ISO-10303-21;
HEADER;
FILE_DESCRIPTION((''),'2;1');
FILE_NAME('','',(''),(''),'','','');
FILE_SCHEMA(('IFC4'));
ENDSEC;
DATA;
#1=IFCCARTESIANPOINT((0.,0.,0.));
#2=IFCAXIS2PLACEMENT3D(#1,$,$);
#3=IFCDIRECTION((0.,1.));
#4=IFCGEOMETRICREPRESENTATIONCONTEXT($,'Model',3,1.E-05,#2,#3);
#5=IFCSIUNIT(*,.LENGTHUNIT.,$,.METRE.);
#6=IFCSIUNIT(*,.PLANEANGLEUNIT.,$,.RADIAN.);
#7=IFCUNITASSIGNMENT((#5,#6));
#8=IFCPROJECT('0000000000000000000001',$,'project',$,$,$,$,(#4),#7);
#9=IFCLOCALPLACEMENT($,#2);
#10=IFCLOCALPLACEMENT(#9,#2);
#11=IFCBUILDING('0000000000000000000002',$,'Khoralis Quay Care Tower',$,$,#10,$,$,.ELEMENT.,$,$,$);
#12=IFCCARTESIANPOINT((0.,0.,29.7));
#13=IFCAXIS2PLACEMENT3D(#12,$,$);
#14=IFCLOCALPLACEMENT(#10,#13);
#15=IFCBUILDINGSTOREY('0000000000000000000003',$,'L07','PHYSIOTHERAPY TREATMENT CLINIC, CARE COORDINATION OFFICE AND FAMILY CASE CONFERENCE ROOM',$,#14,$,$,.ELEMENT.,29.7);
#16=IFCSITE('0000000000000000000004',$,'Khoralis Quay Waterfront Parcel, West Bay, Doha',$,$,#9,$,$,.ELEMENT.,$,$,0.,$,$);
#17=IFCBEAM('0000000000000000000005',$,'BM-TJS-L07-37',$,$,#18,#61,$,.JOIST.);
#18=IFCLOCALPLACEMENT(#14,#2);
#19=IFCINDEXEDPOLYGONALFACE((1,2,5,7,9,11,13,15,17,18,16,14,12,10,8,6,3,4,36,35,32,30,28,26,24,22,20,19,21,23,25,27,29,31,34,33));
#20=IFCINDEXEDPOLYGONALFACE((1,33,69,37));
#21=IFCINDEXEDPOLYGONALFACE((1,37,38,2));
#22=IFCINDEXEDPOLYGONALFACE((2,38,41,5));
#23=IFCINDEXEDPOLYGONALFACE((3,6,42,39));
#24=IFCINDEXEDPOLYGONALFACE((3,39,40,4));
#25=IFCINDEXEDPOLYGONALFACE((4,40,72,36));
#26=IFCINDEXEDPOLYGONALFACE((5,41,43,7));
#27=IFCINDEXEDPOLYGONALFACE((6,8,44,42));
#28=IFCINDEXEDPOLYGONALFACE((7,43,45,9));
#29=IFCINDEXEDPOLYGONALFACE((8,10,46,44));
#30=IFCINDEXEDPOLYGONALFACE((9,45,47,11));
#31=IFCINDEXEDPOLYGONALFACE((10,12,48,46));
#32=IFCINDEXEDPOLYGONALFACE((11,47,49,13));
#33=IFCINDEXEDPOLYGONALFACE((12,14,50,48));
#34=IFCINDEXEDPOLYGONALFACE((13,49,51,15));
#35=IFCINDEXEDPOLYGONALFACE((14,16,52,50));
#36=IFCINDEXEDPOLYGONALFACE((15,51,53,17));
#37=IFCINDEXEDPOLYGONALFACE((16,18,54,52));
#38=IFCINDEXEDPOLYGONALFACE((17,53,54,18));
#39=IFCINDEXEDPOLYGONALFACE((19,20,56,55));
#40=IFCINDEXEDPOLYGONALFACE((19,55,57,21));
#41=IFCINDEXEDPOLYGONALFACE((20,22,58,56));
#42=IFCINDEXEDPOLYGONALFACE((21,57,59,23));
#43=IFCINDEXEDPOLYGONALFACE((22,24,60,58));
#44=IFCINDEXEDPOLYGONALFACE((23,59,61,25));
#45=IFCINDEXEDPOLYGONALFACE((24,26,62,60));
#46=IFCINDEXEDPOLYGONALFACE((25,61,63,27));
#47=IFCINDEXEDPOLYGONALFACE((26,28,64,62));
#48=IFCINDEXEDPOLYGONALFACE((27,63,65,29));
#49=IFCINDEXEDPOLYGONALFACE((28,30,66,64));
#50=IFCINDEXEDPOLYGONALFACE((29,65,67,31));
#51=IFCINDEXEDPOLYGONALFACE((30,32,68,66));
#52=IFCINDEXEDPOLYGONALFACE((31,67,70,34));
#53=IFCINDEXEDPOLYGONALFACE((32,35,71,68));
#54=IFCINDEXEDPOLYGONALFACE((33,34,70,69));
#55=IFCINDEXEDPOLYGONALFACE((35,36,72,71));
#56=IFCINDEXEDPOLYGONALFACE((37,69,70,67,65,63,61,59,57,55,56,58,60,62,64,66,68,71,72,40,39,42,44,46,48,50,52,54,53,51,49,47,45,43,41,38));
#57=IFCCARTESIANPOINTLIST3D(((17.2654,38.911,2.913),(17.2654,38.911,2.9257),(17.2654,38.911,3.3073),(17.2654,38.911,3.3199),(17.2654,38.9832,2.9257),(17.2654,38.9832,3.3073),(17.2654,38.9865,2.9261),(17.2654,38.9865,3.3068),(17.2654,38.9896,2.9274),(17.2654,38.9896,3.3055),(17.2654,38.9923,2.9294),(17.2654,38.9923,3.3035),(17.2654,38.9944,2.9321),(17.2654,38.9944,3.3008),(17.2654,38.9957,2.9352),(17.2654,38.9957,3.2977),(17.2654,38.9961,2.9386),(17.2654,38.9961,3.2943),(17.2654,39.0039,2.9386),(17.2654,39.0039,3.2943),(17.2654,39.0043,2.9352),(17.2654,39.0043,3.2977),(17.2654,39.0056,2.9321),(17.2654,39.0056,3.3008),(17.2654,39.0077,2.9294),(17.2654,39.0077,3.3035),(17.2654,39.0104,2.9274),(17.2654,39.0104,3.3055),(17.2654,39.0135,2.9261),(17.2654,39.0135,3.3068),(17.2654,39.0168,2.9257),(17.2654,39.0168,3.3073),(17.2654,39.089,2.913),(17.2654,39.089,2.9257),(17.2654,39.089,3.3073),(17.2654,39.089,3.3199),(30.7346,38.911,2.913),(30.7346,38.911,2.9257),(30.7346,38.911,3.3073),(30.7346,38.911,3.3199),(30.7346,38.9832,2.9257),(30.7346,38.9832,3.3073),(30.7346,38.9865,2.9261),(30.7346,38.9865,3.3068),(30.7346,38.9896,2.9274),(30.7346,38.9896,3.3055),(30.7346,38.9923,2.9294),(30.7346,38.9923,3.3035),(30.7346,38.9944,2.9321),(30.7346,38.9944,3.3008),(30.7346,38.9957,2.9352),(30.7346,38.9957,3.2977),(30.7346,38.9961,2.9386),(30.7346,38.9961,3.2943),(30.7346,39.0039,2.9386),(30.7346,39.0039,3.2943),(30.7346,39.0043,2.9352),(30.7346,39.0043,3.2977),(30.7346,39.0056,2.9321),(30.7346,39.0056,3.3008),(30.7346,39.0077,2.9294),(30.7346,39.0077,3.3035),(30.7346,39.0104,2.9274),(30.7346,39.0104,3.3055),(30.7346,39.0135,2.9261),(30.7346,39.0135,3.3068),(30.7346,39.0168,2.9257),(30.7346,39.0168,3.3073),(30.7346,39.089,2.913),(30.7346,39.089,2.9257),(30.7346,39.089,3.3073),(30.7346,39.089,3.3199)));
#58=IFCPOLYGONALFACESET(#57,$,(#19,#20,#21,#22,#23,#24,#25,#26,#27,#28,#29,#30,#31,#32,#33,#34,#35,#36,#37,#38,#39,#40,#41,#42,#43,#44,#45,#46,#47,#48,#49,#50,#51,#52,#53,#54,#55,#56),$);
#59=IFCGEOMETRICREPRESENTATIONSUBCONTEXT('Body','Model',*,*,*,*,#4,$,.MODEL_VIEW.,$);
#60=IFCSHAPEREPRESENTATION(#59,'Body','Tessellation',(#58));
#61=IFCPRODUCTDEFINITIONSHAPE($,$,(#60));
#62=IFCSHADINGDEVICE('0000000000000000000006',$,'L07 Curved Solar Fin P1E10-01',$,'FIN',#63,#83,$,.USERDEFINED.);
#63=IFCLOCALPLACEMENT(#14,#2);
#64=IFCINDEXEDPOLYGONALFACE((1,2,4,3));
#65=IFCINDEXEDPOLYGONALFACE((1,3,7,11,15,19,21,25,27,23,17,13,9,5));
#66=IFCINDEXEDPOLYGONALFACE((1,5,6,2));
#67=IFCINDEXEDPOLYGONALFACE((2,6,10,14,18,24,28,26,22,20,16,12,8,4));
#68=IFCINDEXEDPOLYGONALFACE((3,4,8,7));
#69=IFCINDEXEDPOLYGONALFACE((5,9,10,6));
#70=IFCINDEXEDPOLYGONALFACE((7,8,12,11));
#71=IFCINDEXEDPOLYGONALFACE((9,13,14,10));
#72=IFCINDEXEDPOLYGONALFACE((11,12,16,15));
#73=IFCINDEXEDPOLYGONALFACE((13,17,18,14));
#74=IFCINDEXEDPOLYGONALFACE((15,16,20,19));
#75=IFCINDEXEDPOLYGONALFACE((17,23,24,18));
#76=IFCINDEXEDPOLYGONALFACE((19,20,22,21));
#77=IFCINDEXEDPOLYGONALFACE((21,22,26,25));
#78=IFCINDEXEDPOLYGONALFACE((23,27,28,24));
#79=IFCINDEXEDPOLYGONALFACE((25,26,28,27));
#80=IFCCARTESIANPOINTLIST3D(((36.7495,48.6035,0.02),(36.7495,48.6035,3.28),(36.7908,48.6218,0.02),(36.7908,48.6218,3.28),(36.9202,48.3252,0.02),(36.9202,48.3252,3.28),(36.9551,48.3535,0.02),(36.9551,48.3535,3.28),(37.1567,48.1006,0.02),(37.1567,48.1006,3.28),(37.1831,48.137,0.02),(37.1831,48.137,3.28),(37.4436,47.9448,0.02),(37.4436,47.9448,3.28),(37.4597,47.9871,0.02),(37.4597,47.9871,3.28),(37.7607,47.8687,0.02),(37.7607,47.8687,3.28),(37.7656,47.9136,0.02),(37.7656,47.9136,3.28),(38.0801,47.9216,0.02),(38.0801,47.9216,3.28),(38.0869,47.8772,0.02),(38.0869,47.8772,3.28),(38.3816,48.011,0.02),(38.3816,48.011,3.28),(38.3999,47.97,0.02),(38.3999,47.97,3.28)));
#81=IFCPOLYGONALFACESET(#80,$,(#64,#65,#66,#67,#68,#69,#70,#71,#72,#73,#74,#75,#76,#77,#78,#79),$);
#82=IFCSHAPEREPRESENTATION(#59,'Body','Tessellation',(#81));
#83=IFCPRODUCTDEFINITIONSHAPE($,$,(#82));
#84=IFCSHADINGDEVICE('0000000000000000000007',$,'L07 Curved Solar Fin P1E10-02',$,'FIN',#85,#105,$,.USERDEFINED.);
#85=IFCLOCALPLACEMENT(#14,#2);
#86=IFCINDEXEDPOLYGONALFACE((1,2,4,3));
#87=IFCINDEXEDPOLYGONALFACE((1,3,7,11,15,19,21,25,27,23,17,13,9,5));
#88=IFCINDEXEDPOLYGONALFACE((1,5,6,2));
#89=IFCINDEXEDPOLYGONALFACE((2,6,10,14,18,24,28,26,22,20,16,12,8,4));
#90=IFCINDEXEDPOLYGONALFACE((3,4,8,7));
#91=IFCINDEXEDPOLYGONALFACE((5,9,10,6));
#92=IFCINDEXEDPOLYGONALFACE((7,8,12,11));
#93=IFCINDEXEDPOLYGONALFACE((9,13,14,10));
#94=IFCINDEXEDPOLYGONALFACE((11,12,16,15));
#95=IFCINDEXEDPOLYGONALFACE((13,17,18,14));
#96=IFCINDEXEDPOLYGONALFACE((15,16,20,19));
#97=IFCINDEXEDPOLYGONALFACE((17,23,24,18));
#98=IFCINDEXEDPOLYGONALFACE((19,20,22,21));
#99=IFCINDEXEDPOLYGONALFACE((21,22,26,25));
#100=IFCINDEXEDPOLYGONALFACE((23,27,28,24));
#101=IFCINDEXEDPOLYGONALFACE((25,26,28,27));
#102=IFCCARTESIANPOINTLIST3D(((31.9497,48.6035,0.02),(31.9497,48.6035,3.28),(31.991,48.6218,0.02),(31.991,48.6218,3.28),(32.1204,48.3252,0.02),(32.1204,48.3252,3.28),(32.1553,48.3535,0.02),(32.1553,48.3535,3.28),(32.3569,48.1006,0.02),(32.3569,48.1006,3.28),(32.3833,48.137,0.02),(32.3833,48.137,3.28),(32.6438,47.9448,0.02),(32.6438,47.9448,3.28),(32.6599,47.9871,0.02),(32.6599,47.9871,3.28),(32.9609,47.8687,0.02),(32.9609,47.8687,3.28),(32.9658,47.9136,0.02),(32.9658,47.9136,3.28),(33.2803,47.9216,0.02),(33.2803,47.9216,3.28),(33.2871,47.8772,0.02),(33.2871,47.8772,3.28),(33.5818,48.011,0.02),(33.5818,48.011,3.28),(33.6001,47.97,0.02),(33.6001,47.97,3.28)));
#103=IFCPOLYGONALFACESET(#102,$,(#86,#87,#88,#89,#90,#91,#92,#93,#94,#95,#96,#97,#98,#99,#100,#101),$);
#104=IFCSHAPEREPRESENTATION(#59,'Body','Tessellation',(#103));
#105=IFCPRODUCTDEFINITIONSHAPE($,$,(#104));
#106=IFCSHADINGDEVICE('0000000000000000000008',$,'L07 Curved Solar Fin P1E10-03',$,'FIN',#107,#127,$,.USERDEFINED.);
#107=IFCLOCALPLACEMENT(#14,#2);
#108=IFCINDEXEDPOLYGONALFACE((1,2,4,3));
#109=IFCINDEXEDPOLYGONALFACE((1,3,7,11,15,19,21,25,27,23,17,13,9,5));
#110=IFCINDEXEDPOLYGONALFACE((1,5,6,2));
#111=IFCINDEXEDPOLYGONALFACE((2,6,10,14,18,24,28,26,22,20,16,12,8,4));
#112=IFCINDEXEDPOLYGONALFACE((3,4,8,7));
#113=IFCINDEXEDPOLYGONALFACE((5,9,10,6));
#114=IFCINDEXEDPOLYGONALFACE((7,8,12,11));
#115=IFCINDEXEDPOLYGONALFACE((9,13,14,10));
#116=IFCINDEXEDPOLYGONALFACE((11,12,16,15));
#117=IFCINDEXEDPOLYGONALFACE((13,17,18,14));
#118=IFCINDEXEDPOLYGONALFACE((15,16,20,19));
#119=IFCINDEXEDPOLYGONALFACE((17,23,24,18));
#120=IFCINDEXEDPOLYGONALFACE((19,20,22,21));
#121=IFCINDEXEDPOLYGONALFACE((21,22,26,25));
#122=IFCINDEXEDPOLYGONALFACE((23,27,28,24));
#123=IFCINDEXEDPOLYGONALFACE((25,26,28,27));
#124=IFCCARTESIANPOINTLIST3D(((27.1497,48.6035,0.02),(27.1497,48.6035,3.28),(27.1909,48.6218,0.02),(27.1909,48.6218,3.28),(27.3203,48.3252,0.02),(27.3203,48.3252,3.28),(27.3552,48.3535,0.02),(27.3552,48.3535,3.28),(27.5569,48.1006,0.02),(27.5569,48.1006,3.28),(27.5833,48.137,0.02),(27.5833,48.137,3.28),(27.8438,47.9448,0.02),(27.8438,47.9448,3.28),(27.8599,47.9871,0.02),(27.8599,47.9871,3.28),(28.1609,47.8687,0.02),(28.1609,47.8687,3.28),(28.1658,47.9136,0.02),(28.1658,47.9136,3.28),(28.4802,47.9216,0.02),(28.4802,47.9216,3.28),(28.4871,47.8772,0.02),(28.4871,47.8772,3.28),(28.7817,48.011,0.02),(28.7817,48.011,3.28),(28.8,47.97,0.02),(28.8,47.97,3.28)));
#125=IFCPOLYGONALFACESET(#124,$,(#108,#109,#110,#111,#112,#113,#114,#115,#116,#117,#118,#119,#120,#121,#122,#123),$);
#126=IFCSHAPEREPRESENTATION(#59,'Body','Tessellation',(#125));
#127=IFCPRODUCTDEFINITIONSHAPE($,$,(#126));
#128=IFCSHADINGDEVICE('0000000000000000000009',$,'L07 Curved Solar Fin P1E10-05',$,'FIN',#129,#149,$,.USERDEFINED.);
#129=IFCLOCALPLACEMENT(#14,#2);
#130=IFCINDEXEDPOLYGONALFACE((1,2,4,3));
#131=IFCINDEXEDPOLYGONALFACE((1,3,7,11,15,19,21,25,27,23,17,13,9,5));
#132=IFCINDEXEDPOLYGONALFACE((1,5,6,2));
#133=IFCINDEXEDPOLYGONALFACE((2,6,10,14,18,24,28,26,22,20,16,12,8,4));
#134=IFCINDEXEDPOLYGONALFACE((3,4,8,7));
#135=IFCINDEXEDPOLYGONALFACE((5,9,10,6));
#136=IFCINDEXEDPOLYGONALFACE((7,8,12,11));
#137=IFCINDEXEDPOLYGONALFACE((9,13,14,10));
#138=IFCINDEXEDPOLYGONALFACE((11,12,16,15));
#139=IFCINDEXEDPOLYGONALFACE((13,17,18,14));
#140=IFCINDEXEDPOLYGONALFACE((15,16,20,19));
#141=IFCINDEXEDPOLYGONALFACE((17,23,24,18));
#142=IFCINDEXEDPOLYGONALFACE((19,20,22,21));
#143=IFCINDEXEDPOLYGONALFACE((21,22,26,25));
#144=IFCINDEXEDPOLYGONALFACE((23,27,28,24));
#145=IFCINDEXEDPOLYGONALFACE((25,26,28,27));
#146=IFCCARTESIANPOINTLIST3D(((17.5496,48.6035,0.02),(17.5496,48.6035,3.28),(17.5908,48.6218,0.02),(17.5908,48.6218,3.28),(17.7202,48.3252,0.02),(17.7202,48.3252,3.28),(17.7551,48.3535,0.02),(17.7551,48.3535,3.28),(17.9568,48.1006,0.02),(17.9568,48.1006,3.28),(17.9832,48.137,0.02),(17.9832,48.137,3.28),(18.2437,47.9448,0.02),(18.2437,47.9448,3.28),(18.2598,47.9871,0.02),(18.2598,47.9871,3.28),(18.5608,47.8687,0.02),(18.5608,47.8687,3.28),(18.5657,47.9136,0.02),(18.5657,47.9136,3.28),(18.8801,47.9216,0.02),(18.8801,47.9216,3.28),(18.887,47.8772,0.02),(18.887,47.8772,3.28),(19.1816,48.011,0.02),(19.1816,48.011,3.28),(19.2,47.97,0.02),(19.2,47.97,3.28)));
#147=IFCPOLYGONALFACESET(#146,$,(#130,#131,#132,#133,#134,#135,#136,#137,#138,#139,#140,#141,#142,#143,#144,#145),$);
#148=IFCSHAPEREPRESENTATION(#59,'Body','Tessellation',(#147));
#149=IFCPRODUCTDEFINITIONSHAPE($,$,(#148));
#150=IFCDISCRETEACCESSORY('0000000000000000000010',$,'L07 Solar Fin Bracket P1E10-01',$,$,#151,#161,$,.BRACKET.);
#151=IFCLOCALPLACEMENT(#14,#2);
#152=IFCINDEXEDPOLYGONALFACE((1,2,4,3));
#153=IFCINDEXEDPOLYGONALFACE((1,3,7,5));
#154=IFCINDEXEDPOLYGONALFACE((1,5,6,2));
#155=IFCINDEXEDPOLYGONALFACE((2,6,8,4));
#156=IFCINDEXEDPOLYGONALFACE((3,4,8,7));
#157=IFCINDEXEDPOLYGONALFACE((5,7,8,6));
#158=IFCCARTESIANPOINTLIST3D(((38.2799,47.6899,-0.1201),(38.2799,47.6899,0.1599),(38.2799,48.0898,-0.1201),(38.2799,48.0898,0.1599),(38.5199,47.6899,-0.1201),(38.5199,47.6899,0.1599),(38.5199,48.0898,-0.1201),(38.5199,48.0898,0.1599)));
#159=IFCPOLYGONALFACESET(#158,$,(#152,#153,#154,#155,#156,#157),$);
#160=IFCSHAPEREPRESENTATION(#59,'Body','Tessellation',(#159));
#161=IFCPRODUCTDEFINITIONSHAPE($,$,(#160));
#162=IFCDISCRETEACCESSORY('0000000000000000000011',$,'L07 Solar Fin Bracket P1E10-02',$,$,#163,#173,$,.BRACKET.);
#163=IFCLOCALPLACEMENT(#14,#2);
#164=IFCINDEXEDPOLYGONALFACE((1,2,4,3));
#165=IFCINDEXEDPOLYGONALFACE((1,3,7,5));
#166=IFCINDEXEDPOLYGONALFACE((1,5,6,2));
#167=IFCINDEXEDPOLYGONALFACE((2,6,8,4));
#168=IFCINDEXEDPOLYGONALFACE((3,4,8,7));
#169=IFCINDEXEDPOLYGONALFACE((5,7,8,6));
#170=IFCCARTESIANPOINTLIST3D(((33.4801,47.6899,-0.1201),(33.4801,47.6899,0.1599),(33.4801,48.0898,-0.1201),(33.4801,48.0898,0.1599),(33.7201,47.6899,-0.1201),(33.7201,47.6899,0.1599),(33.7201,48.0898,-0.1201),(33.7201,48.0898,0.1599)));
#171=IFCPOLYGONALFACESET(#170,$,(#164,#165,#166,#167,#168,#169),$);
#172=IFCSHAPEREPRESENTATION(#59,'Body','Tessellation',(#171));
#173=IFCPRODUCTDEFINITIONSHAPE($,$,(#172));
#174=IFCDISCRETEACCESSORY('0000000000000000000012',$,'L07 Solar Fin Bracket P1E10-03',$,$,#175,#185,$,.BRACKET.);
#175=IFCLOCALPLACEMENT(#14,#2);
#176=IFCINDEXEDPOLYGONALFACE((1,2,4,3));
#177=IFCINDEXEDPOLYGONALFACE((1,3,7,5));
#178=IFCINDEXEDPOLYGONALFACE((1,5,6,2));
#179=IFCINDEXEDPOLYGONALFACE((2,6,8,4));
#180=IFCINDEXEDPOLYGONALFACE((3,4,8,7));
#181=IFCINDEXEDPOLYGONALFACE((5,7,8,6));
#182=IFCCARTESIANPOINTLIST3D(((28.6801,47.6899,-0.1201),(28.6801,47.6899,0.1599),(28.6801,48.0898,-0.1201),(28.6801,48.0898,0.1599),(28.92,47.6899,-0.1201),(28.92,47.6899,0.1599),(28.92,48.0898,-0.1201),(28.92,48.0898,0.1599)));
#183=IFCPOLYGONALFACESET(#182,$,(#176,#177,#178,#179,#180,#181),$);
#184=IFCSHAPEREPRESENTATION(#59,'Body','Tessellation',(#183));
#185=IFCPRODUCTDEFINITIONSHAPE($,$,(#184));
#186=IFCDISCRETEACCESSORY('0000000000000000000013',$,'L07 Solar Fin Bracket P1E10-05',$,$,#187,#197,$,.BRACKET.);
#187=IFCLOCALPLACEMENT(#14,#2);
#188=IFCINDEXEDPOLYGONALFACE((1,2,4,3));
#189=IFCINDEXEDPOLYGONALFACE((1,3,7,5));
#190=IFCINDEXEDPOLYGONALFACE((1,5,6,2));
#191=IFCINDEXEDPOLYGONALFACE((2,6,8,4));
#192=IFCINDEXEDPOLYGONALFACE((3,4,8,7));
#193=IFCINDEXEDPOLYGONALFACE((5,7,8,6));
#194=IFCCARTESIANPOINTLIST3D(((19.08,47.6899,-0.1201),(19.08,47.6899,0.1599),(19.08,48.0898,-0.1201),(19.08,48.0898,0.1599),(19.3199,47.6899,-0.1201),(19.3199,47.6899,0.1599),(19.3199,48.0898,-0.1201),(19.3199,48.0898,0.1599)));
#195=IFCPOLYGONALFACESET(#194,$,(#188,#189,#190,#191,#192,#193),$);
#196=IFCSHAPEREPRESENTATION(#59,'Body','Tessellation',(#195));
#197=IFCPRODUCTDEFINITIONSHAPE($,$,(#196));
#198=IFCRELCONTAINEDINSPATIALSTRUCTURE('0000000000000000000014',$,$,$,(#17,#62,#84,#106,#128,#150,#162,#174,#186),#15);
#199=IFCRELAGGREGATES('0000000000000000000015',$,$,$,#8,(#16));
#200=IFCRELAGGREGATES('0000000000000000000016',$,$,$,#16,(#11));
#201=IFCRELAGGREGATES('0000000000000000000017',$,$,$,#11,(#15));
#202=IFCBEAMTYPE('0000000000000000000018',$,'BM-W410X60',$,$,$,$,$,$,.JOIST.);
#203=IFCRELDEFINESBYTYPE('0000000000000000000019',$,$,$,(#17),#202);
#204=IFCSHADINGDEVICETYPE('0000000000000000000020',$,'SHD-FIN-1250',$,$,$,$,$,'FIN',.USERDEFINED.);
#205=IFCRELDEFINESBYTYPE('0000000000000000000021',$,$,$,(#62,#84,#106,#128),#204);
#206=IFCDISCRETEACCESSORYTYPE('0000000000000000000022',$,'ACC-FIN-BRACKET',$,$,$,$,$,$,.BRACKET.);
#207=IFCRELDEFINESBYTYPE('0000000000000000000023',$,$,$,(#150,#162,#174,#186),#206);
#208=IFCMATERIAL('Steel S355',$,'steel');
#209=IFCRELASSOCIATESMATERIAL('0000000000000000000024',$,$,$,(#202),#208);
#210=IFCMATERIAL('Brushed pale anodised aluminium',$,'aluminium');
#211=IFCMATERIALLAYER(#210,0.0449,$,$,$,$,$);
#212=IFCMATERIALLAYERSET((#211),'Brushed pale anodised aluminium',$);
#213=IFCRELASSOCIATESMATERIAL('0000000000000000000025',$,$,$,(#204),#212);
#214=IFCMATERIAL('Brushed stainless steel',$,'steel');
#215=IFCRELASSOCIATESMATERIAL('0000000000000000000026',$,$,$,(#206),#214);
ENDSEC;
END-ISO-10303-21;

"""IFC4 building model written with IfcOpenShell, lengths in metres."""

from ifc_helpers import new_model, si_unit, direction, frame, origin, origin_2d, place, context, subcontext, project, spatial, polyline, rectangle, i_section, outline, extrude, source, transform, mapped, material, layer, layer_set, material_profile, profile_set, type_object, element, save


model = new_model("IFC4")

# Units and contexts
model_context = context("Model", 3, precision=1e-05, world=origin(), true_north=direction((0.0, 1.0)))
body_context = subcontext(model_context, "Body", "Model", "MODEL_VIEW")
ifc_project = project(units=[si_unit("LENGTHUNIT", "METRE"), si_unit("PLANEANGLEUNIT", "RADIAN")], contexts=[model_context])

# Site, building, storey
site_placement = place(None, origin())
site = spatial("IfcSite", under=ifc_project, at=site_placement, Name="Khoralis Quay Waterfront Parcel, West Bay, Doha", CompositionType="ELEMENT", RefElevation=0.0)
building_placement = place(site_placement, origin())
building = spatial("IfcBuilding", under=site, at=building_placement, Name="Khoralis Quay Care Tower", CompositionType="ELEMENT")
storey_placement = place(building_placement, frame((0.0, 0.0, 29.7)))
storey = spatial("IfcBuildingStorey", under=building, at=storey_placement, Name="L07", Description="PHYSIOTHERAPY TREATMENT CLINIC, CARE COORDINATION OFFICE AND FAMILY CASE CONFERENCE ROOM", CompositionType="ELEMENT", Elevation=29.7)

# Beam
ifc_material_1 = material(Name="Steel S355", Category="steel")
ifc_material_profile_1 = material_profile(ifc_material_1, i_section(OverallWidth=0.178, OverallDepth=0.407, WebThickness=0.0078, FlangeThickness=0.0127, FilletRadius=0.0129, at=origin_2d()), Name="Steel S355")
ifc_profile_set_1 = profile_set([ifc_material_profile_1], Name="Steel S355")
beam_type_1 = type_object("IfcBeamType", Name="BM-W410X60", PredefinedType="JOIST", material=ifc_profile_set_1)
shared_shape_1 = source(origin(), body_context, "Body", "SweptSolid", [
    extrude(i_section(OverallWidth=0.178, OverallDepth=0.407, WebThickness=0.0078, FlangeThickness=0.0127, FilletRadius=0.0129, at=origin_2d()), origin(), (0.0, 0.0, 1.0), 13.4692),
])
beam_1_placement = place(storey_placement, frame((17.2654, 39.0, 3.1165), z_axis=(1.0, 0.0, 0.0), x_axis=(0.0, 1.0, 0.0)))
element("IfcBeam", 1, at=beam_1_placement, inside=storey, type_object=beam_type_1, Name="BM-TJS-L07-37", PredefinedType="JOIST", context=body_context, shape_type="MappedRepresentation", body=[
    mapped(shared_shape_1, transform((0.0, 0.0, 0.0), scale=1.0)),
])

# Shading devices
ifc_material_2 = material(Name="Brushed pale anodised aluminium", Category="aluminium")
ifc_layer = layer(ifc_material_2, 0.0449)
ifc_layer_set = layer_set([ifc_layer], Name="Brushed pale anodised aluminium")
shading_device_type = type_object("IfcShadingDeviceType", Name="SHD-FIN-1250", ElementType="FIN", PredefinedType="USERDEFINED", material=ifc_layer_set)
shared_shape_2 = source(origin(), body_context, "Body", "SweptSolid", [
    extrude(outline(polyline([(0.0, 0.0), (-0.0928, 0.313), (-0.1013, 0.6392), (-0.0251, 0.9563), (0.1306, 1.2432), (0.3552, 1.4797), (0.6335, 1.6504), (0.6519, 1.6091), (0.3835, 1.4448), (0.167, 1.2168), (0.0171, 0.9402), (-0.0564, 0.6343), (-0.0483, 0.3198), (0.041, 0.0183), (0.0, 0.0)])), origin(), (0.0, 0.0, 1.0), 3.26),
])
for number, where, z_axis, x_axis, name in (
    (2, (38.3999, 47.97, 0.02), (0.0, 0.0, 1.0), (0.0, 1.0, 0.0), "L07 Curved Solar Fin P1E10-01"),
    (3, (33.6001, 47.97, 0.02), (0.0, 0.0, 1.0), (0.0, 1.0, 0.0), "L07 Curved Solar Fin P1E10-02"),
    (4, (28.8, 47.97, 0.02), (0.0, 0.0, 1.0), (0.0, 1.0, 0.0), "L07 Curved Solar Fin P1E10-03"),
    (5, (19.2, 47.97, 0.02), (0.0, 0.0, 1.0), (0.0, 1.0, 0.0), "L07 Curved Solar Fin P1E10-05"),
):
    element("IfcShadingDevice", number, at=place(storey_placement, frame(where, z_axis=z_axis, x_axis=x_axis)), inside=storey, type_object=shading_device_type, Name=name, ObjectType="FIN", PredefinedType="USERDEFINED", context=body_context, shape_type="MappedRepresentation", body=[
        mapped(shared_shape_2, transform((0.0, 0.0, 0.0), scale=1.0)),
    ])

# Discrete accessories
ifc_material_3 = material(Name="Brushed stainless steel", Category="steel")
discrete_accessory_type = type_object("IfcDiscreteAccessoryType", Name="ACC-FIN-BRACKET", PredefinedType="BRACKET", material=ifc_material_3)
shared_shape_3 = source(origin(), body_context, "Body", "SweptSolid", [
    extrude(rectangle(XDim=0.3999, YDim=0.24, at=origin_2d()), origin(), (0.0, 0.0, 1.0), 0.28),
])
for number, where, z_axis, x_axis, name in (
    (6, (38.3999, 47.8899, -0.1201), (0.0, 0.0, 1.0), (0.0, 1.0, 0.0), "L07 Solar Fin Bracket P1E10-01"),
    (7, (33.6001, 47.8899, -0.1201), (0.0, 0.0, 1.0), (0.0, 1.0, 0.0), "L07 Solar Fin Bracket P1E10-02"),
    (8, (28.8, 47.8899, -0.1201), (0.0, 0.0, 1.0), (0.0, 1.0, 0.0), "L07 Solar Fin Bracket P1E10-03"),
    (9, (19.2, 47.8899, -0.1201), (0.0, 0.0, 1.0), (0.0, 1.0, 0.0), "L07 Solar Fin Bracket P1E10-05"),
):
    element("IfcDiscreteAccessory", number, at=place(storey_placement, frame(where, z_axis=z_axis, x_axis=x_axis)), inside=storey, type_object=discrete_accessory_type, Name=name, PredefinedType="BRACKET", context=body_context, shape_type="MappedRepresentation", body=[
        mapped(shared_shape_3, transform((0.0, 0.0, 0.0), scale=1.0)),
    ])

save(model, "model.ifc")
